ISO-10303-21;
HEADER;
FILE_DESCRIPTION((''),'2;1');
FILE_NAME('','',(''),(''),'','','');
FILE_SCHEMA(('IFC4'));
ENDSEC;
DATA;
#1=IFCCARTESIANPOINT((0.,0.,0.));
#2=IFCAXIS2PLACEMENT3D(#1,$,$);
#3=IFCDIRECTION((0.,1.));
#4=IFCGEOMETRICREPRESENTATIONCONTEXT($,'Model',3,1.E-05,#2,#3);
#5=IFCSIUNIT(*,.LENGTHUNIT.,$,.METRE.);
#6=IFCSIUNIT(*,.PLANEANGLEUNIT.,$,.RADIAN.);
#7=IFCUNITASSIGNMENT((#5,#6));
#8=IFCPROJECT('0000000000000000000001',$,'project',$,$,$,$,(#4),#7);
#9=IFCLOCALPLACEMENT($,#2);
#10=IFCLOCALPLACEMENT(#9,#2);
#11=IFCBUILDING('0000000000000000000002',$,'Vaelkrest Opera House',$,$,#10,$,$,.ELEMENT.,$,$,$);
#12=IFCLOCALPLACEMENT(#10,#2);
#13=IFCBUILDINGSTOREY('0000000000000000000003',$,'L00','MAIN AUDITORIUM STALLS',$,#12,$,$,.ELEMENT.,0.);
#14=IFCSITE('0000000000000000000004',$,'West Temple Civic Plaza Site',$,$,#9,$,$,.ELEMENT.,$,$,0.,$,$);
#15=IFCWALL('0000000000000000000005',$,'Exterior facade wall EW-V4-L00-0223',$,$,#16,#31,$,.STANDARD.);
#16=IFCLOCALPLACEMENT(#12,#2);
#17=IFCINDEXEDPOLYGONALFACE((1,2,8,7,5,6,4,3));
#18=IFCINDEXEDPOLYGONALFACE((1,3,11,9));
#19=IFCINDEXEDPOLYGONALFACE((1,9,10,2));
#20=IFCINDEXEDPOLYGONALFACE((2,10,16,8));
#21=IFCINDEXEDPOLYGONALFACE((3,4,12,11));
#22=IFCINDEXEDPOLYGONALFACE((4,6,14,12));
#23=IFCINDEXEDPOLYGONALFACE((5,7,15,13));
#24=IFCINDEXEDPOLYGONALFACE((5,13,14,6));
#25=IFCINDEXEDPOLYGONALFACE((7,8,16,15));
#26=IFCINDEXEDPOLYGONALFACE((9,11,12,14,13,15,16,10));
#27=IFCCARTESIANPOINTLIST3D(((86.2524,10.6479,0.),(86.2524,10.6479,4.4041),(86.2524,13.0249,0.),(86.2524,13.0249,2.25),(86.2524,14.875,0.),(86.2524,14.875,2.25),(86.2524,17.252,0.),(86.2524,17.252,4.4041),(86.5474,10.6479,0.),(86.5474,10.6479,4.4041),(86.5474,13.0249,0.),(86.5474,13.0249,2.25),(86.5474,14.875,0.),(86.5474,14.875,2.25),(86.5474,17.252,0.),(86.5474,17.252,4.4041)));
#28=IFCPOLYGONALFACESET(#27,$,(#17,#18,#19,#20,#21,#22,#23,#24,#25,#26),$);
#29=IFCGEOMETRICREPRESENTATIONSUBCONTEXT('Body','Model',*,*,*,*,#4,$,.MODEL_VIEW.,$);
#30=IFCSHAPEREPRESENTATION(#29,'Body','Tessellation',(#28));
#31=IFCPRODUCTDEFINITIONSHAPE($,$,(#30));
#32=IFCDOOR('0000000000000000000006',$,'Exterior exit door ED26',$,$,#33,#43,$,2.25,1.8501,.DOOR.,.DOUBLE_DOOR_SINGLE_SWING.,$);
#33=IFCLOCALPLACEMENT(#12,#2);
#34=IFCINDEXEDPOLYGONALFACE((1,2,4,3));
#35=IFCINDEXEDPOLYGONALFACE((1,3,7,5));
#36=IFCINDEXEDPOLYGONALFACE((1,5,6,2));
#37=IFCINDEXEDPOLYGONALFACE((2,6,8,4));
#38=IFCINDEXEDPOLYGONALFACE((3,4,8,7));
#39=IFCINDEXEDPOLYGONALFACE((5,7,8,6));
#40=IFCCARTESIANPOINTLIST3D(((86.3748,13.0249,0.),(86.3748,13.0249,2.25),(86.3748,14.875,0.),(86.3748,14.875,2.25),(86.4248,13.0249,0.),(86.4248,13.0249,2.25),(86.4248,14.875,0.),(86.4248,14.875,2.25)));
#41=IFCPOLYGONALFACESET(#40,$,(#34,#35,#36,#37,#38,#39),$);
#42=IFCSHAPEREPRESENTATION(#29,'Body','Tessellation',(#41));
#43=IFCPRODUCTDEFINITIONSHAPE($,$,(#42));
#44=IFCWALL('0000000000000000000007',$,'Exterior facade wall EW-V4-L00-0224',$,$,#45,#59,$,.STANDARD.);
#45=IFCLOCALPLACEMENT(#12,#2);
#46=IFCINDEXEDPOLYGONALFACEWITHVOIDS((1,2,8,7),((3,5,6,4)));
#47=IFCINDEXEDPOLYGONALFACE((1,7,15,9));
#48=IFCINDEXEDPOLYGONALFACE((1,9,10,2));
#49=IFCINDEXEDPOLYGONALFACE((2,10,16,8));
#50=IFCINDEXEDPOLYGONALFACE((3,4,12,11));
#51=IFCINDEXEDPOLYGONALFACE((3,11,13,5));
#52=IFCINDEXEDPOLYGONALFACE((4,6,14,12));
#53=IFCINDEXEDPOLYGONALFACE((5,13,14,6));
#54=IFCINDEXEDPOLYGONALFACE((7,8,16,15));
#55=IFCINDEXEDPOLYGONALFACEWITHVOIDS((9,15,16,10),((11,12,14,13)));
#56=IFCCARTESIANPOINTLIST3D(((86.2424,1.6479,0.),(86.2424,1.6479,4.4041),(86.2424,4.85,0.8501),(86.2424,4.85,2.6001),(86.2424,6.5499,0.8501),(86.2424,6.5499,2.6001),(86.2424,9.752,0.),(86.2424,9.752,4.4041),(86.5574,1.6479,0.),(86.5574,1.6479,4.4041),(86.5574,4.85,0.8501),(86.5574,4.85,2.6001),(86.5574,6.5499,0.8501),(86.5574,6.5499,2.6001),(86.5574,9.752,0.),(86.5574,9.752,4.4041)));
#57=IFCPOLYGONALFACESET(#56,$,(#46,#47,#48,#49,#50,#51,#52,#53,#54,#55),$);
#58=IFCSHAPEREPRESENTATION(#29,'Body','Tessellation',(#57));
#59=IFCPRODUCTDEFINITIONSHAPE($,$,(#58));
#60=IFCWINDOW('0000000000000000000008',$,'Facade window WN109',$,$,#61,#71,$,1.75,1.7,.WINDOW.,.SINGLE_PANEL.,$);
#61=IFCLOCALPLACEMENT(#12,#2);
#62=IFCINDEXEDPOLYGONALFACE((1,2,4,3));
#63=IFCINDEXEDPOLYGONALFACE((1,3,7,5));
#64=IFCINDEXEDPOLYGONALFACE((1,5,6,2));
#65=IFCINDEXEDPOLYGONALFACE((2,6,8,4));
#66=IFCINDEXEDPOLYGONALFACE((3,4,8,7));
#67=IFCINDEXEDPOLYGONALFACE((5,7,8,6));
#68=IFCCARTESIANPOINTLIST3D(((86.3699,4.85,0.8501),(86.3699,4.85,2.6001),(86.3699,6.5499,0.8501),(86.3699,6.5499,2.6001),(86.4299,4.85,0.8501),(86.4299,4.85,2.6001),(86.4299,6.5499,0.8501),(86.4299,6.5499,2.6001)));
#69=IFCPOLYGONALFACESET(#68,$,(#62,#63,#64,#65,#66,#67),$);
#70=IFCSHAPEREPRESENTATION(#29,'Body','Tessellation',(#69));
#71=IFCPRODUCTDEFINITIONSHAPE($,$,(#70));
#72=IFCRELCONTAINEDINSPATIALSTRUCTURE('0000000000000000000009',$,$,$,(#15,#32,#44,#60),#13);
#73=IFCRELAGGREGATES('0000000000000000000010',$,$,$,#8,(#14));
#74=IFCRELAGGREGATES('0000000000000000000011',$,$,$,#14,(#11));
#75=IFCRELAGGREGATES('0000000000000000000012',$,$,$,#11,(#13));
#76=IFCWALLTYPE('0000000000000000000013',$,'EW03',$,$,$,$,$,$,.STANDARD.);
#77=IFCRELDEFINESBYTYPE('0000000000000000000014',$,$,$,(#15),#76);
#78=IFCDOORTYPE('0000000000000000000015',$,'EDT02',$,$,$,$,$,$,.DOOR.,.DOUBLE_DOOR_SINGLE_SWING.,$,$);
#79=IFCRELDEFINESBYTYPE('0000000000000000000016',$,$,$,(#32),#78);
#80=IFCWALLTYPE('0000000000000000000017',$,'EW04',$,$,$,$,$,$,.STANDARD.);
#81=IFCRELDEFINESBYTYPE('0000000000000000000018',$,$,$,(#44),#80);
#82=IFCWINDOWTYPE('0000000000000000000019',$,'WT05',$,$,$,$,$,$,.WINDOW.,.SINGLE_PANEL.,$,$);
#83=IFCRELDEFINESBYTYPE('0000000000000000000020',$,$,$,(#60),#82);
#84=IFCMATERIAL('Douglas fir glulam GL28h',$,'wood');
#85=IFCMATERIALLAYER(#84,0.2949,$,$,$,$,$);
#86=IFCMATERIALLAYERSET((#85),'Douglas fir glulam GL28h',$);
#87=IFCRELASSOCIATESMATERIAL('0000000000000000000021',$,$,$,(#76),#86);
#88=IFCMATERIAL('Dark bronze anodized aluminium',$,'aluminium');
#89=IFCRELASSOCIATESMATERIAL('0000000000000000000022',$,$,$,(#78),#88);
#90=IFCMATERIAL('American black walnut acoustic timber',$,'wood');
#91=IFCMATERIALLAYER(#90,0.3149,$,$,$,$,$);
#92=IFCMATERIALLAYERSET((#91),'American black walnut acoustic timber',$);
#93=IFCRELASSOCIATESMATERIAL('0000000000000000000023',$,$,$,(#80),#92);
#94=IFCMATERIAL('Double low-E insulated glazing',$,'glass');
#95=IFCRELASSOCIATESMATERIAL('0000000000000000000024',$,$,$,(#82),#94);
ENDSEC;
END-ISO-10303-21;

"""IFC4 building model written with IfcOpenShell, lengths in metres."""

from ifc_helpers import new_model, si_unit, direction, frame, frame_2d, origin, place, context, subcontext, project, spatial, rectangle, extrude, material, layer, layer_set, type_object, element, fill, save


model = new_model("IFC4")

# Units and contexts
model_context = context("Model", 3, precision=1e-05, world=origin(), true_north=direction((0.0, 1.0)))
body_context = subcontext(model_context, "Body", "Model", "MODEL_VIEW")
ifc_project = project(units=[si_unit("LENGTHUNIT", "METRE"), si_unit("PLANEANGLEUNIT", "RADIAN")], contexts=[model_context])

# Site, building, storey
site_placement = place(None, origin())
site = spatial("IfcSite", under=ifc_project, at=site_placement, Name="West Temple Civic Plaza Site", CompositionType="ELEMENT", RefElevation=0.0)
building_placement = place(site_placement, origin())
building = spatial("IfcBuilding", under=site, at=building_placement, Name="Vaelkrest Opera House", CompositionType="ELEMENT")
storey_placement = place(building_placement, origin())
storey = spatial("IfcBuildingStorey", under=building, at=storey_placement, Name="L00", Description="MAIN AUDITORIUM STALLS", CompositionType="ELEMENT", Elevation=0.0)

# Shared definitions
ifc_material_1 = material(Name="Dark bronze anodized aluminium", Category="aluminium")

# Shared definitions
ifc_material_2 = material(Name="Double low-E insulated glazing", Category="glass")

# Wall, opening, door
ifc_material_3 = material(Name="Douglas fir glulam GL28h", Category="wood")
ifc_layer_1 = layer(ifc_material_3, 0.2949)
ifc_layer_set_1 = layer_set([ifc_layer_1], Name="Douglas fir glulam GL28h")
wall_type_1 = type_object("IfcWallType", Name="EW03", PredefinedType="STANDARD", material=ifc_layer_set_1)
wall_1_placement = place(storey_placement, frame((86.3999, 17.252, 0.0), z_axis=(0.0, 0.0, 1.0), x_axis=(0.0, -1.0, 0.0)))
wall_1 = element("IfcWall", 1, at=wall_1_placement, inside=storey, type_object=wall_type_1, Name="Exterior facade wall EW-V4-L00-0223", PredefinedType="STANDARD", context=body_context, shape_type="SweptSolid", body=[
    extrude(rectangle(XDim=6.604, YDim=0.2949, at=frame_2d((3.302, 0.0))), origin(), (0.0, 0.0, 1.0), 4.4041),
])
opening_1_placement = place(wall_1_placement, frame((2.377, 0.0, 0.0)))
opening_1 = element("IfcOpeningElement", 2, at=opening_1_placement, cuts=wall_1, PredefinedType="OPENING", context=body_context, shape_type="SweptSolid", body=[
    extrude(rectangle(XDim=1.8501, YDim=2.25, at=frame_2d((0.925, 1.125))), frame((0.0, 0.1575, 0.0), z_axis=(0.0, -1.0, 0.0), x_axis=(1.0, 0.0, 0.0)), (0.0, 0.0, 1.0), 0.3149),
])
door_type = type_object("IfcDoorType", Name="EDT02", OperationType="DOUBLE_DOOR_SINGLE_SWING", PredefinedType="DOOR", material=ifc_material_1)
door_placement = place(opening_1_placement, origin())
door = element("IfcDoor", 3, at=door_placement, inside=storey, type_object=door_type, Name="Exterior exit door ED26", OperationType="DOUBLE_DOOR_SINGLE_SWING", OverallHeight=2.25, OverallWidth=1.8501, PredefinedType="DOOR", context=body_context, shape_type="SweptSolid", body=[
    extrude(rectangle(XDim=1.8501, YDim=2.25, at=frame_2d((0.925, 1.125))), frame((0.0, 0.0249, 0.0), z_axis=(0.0, -1.0, 0.0), x_axis=(1.0, 0.0, 0.0)), (0.0, 0.0, 1.0), 0.05),
])
fill(opening_1, door)

# Wall, opening, window
ifc_material_4 = material(Name="American black walnut acoustic timber", Category="wood")
ifc_layer_2 = layer(ifc_material_4, 0.3149)
ifc_layer_set_2 = layer_set([ifc_layer_2], Name="American black walnut acoustic timber")
wall_type_2 = type_object("IfcWallType", Name="EW04", PredefinedType="STANDARD", material=ifc_layer_set_2)
wall_2_placement = place(storey_placement, frame((86.3999, 9.752, 0.0), z_axis=(0.0, 0.0, 1.0), x_axis=(0.0, -1.0, 0.0)))
wall_2 = element("IfcWall", 4, at=wall_2_placement, inside=storey, type_object=wall_type_2, Name="Exterior facade wall EW-V4-L00-0224", PredefinedType="STANDARD", context=body_context, shape_type="SweptSolid", body=[
    extrude(rectangle(XDim=8.104, YDim=0.3149, at=frame_2d((4.052, 0.0))), origin(), (0.0, 0.0, 1.0), 4.4041),
])
opening_2_placement = place(wall_2_placement, frame((3.2019, 0.0, 0.8501)))
opening_2 = element("IfcOpeningElement", 5, at=opening_2_placement, cuts=wall_2, PredefinedType="OPENING", context=body_context, shape_type="SweptSolid", body=[
    extrude(rectangle(XDim=1.7, YDim=1.75, at=frame_2d((0.8501, 0.875))), frame((0.0, 0.1675, 0.0), z_axis=(0.0, -1.0, 0.0), x_axis=(1.0, 0.0, 0.0)), (0.0, 0.0, 1.0), 0.335),
])
window_type = type_object("IfcWindowType", Name="WT05", PartitioningType="SINGLE_PANEL", PredefinedType="WINDOW", material=ifc_material_2)
window_placement = place(opening_2_placement, origin())
window = element("IfcWindow", 6, at=window_placement, inside=storey, type_object=window_type, Name="Facade window WN109", OverallHeight=1.75, OverallWidth=1.7, PartitioningType="SINGLE_PANEL", PredefinedType="WINDOW", context=body_context, shape_type="SweptSolid", body=[
    extrude(rectangle(XDim=1.7, YDim=1.75, at=frame_2d((0.8501, 0.875))), frame((0.0, 0.03, 0.0), z_axis=(0.0, -1.0, 0.0), x_axis=(1.0, 0.0, 0.0)), (0.0, 0.0, 1.0), 0.0601),
])
fill(opening_2, window)

save(model, "model.ifc")
